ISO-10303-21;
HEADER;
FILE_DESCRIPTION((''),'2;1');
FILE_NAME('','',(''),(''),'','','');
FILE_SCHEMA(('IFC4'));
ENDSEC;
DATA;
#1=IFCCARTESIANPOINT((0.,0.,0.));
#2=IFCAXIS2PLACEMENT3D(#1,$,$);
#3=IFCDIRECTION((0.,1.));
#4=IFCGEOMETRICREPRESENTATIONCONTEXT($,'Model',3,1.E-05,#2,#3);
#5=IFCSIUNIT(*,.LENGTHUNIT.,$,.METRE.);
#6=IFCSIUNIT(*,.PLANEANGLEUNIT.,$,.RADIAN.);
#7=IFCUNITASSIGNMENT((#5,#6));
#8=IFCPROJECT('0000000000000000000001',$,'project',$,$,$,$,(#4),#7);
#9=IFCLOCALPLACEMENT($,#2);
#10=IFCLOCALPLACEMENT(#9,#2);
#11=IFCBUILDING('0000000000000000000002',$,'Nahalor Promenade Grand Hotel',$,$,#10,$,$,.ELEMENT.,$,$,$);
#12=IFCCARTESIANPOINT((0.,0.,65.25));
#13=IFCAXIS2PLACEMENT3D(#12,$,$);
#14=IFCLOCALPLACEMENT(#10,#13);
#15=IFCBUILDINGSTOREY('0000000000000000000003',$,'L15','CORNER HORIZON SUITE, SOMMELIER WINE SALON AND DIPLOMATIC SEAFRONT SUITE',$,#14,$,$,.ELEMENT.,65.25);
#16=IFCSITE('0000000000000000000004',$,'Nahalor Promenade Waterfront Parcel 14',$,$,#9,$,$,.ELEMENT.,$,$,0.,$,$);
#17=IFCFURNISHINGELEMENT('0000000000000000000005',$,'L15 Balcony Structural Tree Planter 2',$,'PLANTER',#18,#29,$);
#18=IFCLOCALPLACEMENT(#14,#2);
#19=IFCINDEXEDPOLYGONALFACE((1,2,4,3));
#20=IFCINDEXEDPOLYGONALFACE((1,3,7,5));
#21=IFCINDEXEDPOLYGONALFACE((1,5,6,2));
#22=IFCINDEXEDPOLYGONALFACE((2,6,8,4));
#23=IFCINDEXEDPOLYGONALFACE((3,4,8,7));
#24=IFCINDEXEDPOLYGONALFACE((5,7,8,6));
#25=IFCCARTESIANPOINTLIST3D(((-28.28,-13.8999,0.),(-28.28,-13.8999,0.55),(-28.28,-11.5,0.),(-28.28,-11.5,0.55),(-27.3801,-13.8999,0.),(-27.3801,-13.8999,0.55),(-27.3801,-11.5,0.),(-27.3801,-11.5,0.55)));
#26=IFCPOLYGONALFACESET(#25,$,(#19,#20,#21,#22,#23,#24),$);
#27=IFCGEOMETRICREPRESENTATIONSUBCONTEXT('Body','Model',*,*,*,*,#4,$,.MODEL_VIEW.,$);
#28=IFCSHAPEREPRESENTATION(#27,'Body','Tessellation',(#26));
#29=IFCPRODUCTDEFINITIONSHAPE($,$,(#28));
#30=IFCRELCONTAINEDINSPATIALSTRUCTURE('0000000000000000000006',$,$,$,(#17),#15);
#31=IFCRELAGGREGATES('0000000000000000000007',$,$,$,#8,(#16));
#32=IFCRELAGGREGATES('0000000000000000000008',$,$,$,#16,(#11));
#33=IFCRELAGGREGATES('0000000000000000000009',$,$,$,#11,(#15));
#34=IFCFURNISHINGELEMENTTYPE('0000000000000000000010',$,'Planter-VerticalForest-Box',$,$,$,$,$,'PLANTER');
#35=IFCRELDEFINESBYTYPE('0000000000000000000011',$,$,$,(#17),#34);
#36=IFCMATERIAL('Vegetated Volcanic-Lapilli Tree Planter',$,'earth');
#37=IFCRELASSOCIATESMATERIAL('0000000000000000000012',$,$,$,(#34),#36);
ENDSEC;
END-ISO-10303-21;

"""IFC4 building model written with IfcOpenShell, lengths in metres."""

from ifc_helpers import new_model, si_unit, direction, frame, origin, origin_2d, place, context, subcontext, project, spatial, rectangle, extrude, source, transform, mapped, material, type_object, element, save


model = new_model("IFC4")

# Units and contexts
model_context = context("Model", 3, precision=1e-05, world=origin(), true_north=direction((0.0, 1.0)))
body_context = subcontext(model_context, "Body", "Model", "MODEL_VIEW")
ifc_project = project(units=[si_unit("LENGTHUNIT", "METRE"), si_unit("PLANEANGLEUNIT", "RADIAN")], contexts=[model_context])

# Site, building, storey
site_placement = place(None, origin())
site = spatial("IfcSite", under=ifc_project, at=site_placement, Name="Nahalor Promenade Waterfront Parcel 14", CompositionType="ELEMENT", RefElevation=0.0)
building_placement = place(site_placement, origin())
building = spatial("IfcBuilding", under=site, at=building_placement, Name="Nahalor Promenade Grand Hotel", CompositionType="ELEMENT")
storey_placement = place(building_placement, frame((0.0, 0.0, 65.25)))
storey = spatial("IfcBuildingStorey", under=building, at=storey_placement, Name="L15", Description="CORNER HORIZON SUITE, SOMMELIER WINE SALON AND DIPLOMATIC SEAFRONT SUITE", CompositionType="ELEMENT", Elevation=65.25)

# Furnishing element
ifc_material_1 = material(Name="Vegetated Volcanic-Lapilli Tree Planter", Category="earth")
furnishing_element_type = type_object("IfcFurnishingElementType", Name="Planter-VerticalForest-Box", ElementType="PLANTER", material=ifc_material_1)
shared_shape_1 = source(origin(), body_context, "Body", "SweptSolid", [
    extrude(rectangle(XDim=2.3999, YDim=0.8999, at=origin_2d()), origin(), (0.0, 0.0, 1.0), 0.55),
])
furnishing_placement = place(storey_placement, frame((-27.8301, -12.7, 0.0), z_axis=(0.0, 0.0, 1.0), x_axis=(0.0, 1.0, 0.0)))
element("IfcFurnishingElement", 1, at=furnishing_placement, inside=storey, type_object=furnishing_element_type, Name="L15 Balcony Structural Tree Planter 2", ObjectType="PLANTER", context=body_context, shape_type="MappedRepresentation", body=[
    mapped(shared_shape_1, transform((0.0, 0.0, 0.0), scale=1.0)),
])

save(model, "model.ifc")
